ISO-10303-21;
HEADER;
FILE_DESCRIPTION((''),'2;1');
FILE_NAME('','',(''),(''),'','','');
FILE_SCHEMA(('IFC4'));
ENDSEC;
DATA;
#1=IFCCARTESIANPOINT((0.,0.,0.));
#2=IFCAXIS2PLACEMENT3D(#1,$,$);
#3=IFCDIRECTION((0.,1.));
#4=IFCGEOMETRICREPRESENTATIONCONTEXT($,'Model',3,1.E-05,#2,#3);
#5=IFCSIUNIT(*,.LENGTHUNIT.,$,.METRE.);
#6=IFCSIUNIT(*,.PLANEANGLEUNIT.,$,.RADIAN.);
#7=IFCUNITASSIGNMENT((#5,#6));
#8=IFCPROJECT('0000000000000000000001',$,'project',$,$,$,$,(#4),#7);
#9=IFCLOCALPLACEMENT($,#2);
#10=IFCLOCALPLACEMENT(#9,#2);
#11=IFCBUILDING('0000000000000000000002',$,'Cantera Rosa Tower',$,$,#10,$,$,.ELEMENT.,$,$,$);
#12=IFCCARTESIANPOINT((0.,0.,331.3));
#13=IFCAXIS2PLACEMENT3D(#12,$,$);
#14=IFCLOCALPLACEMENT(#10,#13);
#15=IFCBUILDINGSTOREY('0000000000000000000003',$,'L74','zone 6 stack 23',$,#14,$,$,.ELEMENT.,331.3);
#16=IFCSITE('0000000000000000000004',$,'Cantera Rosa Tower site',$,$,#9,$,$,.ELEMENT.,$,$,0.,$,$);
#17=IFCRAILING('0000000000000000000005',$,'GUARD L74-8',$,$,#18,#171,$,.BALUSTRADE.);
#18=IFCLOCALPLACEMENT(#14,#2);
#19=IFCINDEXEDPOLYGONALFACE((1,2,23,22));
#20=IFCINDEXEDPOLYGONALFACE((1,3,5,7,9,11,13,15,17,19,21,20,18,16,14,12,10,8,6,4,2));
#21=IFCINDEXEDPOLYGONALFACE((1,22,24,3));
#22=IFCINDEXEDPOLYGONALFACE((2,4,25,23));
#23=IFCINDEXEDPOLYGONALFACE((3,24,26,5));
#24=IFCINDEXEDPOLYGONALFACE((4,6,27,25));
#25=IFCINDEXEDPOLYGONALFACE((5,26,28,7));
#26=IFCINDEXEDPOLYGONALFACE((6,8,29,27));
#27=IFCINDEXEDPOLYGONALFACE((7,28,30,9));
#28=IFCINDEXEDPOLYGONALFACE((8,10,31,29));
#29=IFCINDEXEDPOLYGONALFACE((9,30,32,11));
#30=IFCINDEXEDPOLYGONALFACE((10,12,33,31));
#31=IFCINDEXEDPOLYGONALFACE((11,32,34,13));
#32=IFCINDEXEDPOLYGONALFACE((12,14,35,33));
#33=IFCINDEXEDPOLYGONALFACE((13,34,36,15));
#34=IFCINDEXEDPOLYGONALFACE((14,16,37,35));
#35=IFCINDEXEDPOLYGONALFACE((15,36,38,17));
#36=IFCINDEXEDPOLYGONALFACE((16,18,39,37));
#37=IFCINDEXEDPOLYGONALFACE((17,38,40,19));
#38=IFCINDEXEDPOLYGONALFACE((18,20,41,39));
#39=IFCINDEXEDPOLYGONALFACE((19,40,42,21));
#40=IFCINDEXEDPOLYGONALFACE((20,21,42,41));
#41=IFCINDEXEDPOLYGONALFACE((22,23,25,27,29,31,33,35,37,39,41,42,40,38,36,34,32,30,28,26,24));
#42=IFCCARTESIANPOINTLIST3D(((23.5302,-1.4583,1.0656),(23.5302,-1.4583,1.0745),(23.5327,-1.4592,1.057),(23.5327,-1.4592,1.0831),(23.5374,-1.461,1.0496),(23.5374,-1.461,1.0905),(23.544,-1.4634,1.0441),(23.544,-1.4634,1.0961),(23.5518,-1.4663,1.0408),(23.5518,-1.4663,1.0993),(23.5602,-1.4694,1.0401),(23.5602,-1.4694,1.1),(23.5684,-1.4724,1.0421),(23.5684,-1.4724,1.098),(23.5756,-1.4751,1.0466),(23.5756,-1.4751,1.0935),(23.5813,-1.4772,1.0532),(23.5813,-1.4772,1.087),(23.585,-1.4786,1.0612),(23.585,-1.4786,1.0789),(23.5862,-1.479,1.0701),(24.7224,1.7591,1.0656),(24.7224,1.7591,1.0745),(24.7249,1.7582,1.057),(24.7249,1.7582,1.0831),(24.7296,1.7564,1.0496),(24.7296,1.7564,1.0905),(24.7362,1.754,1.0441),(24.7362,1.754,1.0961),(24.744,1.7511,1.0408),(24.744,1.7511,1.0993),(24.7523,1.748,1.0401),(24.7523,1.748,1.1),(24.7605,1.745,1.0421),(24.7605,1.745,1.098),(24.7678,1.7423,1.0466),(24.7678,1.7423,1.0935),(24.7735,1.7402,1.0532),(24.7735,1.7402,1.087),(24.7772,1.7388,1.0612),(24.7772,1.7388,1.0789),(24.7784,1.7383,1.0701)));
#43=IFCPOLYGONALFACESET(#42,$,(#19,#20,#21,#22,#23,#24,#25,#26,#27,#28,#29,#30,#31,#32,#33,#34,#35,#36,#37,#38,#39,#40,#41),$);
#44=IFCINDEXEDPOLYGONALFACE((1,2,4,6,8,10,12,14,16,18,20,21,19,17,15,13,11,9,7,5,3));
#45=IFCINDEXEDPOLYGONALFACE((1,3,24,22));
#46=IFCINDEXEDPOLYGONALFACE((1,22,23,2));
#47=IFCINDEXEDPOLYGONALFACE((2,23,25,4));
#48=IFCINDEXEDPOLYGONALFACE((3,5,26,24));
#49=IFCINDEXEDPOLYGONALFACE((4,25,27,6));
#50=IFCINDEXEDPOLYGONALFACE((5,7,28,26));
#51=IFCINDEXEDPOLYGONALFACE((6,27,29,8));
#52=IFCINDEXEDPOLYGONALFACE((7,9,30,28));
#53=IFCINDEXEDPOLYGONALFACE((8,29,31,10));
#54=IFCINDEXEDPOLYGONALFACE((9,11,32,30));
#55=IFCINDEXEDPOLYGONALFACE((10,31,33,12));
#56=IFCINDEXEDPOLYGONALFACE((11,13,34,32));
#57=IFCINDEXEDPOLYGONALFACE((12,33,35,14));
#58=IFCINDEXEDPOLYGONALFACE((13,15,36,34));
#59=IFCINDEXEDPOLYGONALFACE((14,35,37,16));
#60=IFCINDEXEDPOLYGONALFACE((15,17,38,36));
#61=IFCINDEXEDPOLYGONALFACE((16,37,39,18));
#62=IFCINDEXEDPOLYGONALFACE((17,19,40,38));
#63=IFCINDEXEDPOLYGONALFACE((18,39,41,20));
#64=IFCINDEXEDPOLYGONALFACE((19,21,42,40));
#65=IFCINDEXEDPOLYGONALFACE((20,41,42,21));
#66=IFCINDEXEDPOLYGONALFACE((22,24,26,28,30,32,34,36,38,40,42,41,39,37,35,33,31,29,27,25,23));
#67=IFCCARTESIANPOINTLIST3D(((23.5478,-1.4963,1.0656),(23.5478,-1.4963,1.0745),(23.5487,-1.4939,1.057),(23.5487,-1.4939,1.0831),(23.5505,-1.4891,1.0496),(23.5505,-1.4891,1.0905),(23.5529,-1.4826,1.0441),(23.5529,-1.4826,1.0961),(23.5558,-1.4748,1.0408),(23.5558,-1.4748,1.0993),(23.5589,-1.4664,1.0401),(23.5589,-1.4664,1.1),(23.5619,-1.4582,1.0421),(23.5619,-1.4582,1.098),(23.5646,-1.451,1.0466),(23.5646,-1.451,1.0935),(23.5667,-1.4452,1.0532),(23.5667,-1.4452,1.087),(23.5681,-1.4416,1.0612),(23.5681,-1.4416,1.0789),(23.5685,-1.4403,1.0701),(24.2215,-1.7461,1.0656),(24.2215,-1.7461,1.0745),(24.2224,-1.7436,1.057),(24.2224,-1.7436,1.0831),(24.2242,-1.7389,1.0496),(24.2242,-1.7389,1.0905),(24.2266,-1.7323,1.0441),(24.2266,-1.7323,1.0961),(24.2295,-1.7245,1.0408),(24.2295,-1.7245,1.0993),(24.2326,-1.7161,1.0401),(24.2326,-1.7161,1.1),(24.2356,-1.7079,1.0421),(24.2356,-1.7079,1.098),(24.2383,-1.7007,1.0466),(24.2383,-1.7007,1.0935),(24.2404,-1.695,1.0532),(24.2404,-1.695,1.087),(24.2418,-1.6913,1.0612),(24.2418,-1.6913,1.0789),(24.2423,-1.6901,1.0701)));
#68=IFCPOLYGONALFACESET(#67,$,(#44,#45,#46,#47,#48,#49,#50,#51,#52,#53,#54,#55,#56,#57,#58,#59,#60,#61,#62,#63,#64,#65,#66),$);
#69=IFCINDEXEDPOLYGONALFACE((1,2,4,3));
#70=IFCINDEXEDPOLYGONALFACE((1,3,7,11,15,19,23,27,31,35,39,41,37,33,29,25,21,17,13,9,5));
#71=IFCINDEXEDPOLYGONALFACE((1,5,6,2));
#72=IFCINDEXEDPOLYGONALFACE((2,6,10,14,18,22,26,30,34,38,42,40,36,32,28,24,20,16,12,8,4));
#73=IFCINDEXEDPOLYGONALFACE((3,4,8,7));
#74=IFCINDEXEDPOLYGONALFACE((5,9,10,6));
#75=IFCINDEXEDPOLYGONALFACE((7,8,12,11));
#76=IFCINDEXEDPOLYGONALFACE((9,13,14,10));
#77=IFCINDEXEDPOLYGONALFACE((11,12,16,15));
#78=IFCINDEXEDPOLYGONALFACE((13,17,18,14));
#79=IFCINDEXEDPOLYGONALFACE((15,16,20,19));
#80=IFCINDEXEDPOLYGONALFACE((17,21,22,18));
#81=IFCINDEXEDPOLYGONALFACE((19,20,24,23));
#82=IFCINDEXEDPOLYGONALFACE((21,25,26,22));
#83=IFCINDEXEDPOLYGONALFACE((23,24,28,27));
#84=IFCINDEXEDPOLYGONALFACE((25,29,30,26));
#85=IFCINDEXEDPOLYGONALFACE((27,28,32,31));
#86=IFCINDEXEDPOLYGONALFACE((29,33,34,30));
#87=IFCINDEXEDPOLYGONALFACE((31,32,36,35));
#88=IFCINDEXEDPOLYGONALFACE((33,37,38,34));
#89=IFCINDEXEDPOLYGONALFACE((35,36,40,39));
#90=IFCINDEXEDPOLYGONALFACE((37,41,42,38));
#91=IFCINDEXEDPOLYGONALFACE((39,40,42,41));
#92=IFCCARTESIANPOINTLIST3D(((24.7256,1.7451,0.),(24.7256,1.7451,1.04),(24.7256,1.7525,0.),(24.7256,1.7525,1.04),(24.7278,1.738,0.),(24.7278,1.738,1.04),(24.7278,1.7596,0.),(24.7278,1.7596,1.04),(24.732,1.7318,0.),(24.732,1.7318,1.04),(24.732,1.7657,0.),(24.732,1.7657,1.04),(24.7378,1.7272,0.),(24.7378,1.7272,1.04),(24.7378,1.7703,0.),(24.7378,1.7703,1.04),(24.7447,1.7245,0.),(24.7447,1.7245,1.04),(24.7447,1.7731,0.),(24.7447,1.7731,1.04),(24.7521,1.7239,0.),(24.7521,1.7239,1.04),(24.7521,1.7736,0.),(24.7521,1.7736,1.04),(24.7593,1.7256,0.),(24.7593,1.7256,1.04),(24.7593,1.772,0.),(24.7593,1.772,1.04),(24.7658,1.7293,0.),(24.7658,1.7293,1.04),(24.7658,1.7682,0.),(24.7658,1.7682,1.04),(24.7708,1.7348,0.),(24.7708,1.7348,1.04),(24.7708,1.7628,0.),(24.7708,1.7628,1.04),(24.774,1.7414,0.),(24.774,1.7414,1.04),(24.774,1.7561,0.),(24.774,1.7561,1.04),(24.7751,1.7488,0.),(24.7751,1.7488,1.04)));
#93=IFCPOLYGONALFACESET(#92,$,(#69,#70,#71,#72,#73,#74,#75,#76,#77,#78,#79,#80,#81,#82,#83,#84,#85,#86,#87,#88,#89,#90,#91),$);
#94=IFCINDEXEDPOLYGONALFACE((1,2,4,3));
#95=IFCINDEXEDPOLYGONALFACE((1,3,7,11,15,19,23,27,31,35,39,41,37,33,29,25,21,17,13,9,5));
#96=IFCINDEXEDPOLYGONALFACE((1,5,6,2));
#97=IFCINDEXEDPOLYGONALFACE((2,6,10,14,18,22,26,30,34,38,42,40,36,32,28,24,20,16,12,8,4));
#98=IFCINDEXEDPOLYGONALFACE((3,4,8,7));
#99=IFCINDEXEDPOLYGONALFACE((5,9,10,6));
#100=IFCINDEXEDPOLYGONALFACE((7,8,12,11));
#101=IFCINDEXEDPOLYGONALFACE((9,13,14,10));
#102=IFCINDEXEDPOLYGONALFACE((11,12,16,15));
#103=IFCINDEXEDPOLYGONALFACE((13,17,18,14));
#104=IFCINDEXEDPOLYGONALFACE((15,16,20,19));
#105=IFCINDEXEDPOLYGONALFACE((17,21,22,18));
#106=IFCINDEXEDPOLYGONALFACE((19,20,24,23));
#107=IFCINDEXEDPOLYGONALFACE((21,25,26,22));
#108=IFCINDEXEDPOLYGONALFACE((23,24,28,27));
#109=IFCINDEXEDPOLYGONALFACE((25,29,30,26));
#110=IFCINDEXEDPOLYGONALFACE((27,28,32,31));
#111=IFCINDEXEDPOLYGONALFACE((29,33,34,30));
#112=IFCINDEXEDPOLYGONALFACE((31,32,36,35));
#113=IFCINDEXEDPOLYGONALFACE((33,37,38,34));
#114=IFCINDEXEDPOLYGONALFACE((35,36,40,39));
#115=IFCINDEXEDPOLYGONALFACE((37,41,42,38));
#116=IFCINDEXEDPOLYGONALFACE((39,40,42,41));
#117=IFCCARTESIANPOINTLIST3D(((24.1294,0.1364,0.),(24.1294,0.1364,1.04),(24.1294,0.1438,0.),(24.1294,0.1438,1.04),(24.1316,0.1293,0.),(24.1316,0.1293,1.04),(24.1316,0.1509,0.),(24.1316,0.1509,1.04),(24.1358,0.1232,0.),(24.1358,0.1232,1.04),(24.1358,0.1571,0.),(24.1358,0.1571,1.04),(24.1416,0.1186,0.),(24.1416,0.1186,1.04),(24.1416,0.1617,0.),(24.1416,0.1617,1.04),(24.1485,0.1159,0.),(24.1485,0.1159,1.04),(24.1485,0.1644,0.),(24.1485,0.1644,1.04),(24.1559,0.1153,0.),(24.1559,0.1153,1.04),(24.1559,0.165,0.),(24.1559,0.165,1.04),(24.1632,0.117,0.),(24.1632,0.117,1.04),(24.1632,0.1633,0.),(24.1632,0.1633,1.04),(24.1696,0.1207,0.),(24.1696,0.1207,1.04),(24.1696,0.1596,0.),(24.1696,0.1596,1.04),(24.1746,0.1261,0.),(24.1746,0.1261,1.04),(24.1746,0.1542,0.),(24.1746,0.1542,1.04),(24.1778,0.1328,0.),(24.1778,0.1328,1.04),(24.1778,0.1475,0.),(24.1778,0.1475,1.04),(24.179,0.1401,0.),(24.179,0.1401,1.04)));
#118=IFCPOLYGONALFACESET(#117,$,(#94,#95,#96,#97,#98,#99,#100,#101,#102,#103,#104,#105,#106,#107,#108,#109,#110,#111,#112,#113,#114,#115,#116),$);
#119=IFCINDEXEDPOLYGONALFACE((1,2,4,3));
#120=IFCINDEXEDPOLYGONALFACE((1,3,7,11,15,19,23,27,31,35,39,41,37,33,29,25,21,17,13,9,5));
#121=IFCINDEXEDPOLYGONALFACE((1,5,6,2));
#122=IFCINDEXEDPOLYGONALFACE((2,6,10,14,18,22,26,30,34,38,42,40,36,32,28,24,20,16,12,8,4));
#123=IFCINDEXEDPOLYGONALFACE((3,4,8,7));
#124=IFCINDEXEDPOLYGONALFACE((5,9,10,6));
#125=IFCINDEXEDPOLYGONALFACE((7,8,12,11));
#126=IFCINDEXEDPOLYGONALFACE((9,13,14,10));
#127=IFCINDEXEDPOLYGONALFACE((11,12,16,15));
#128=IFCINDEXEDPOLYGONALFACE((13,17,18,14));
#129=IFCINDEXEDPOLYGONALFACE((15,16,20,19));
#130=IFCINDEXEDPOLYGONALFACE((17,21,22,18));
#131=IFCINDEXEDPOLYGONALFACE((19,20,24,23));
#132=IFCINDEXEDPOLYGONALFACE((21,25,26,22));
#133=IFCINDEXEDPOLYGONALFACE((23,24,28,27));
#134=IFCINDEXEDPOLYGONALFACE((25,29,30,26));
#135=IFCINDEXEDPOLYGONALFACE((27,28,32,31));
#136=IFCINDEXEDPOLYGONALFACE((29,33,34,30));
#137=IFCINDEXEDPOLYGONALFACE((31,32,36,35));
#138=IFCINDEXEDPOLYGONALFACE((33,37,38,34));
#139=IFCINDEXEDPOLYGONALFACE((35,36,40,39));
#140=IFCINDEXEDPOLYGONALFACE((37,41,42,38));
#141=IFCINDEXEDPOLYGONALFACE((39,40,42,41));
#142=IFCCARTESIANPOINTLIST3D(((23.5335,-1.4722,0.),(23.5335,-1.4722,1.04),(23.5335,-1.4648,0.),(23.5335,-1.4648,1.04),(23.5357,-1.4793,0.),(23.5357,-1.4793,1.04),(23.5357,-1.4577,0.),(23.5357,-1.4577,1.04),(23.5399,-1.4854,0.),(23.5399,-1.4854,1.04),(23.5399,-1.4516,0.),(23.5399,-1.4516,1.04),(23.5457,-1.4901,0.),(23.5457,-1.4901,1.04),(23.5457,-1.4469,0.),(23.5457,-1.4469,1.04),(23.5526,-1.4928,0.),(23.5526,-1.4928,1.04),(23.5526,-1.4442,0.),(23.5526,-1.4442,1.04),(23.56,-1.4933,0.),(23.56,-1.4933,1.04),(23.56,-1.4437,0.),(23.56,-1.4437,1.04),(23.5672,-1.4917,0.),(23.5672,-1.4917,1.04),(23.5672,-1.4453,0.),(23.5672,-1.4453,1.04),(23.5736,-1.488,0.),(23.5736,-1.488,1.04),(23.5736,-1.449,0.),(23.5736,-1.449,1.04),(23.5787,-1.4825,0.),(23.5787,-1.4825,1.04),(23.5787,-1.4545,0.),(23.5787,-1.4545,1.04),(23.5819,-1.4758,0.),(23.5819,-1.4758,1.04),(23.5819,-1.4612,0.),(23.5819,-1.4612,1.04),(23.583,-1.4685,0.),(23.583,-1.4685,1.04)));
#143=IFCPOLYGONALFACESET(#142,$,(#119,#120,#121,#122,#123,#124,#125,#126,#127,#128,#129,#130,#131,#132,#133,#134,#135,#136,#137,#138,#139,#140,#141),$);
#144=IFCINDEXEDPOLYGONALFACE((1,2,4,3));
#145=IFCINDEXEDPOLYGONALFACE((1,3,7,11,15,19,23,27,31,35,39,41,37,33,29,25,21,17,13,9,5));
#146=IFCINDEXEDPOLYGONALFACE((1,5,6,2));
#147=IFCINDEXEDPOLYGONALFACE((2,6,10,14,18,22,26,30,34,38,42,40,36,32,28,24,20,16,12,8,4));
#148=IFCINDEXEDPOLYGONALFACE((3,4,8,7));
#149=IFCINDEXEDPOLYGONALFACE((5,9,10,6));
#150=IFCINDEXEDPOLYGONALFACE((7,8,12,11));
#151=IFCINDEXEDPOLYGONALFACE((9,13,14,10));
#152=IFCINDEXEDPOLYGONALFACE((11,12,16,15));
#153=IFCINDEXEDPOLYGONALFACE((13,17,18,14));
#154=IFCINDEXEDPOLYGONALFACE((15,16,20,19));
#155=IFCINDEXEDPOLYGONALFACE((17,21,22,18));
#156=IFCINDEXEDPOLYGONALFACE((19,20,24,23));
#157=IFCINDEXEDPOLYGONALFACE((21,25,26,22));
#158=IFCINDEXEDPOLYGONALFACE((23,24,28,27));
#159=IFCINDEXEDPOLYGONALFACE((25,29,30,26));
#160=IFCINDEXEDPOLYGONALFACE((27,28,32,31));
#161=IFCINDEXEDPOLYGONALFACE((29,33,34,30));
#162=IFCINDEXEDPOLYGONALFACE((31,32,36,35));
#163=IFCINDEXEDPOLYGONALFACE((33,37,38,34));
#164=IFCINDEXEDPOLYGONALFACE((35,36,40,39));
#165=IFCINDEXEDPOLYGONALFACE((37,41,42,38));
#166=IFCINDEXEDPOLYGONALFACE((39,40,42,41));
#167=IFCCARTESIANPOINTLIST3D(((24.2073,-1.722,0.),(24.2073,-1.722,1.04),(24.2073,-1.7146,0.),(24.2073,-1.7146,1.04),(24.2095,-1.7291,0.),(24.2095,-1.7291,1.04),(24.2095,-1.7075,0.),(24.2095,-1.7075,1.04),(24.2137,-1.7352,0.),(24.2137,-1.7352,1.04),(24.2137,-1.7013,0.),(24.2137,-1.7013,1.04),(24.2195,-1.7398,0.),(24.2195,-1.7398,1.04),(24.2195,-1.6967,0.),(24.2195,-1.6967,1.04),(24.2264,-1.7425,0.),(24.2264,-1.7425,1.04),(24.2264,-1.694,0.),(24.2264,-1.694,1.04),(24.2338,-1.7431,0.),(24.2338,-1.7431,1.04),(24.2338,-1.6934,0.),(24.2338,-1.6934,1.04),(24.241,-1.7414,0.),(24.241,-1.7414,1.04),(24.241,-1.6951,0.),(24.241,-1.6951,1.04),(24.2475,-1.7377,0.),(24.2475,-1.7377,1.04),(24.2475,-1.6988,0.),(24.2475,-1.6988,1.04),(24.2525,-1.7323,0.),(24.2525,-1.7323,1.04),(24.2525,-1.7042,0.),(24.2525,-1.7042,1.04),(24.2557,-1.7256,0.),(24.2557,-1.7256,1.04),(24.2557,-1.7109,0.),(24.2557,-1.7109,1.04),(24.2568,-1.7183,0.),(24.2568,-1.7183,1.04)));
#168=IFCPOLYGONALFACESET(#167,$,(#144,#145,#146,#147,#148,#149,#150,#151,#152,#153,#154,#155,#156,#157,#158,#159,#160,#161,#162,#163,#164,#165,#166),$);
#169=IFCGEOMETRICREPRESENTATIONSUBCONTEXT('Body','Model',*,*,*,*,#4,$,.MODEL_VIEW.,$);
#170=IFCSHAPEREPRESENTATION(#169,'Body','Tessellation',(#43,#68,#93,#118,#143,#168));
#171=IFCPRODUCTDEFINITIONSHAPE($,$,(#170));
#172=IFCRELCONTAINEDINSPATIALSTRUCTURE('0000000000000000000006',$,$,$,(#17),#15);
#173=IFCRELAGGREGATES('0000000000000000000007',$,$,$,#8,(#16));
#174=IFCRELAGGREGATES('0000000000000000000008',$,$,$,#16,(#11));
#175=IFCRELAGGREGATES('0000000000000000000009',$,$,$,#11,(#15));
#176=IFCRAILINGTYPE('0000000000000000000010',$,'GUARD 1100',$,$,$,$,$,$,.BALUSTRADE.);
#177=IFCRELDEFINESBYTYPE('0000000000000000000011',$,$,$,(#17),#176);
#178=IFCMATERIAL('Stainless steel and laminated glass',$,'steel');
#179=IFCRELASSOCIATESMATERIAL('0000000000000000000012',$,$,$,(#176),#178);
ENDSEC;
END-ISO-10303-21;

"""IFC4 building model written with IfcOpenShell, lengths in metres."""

from ifc_helpers import new_model, si_unit, direction, frame, origin, origin_2d, place, context, subcontext, project, spatial, circle, extrude, material, type_object, element, save


model = new_model("IFC4")

# Units and contexts
model_context = context("Model", 3, precision=1e-05, world=origin(), true_north=direction((0.0, 1.0)))
body_context = subcontext(model_context, "Body", "Model", "MODEL_VIEW")
ifc_project = project(units=[si_unit("LENGTHUNIT", "METRE"), si_unit("PLANEANGLEUNIT", "RADIAN")], contexts=[model_context])

# Site, building, storey
site_placement = place(None, origin())
site = spatial("IfcSite", under=ifc_project, at=site_placement, Name="Cantera Rosa Tower site", CompositionType="ELEMENT", RefElevation=0.0)
building_placement = place(site_placement, origin())
building = spatial("IfcBuilding", under=site, at=building_placement, Name="Cantera Rosa Tower", CompositionType="ELEMENT")
storey_placement = place(building_placement, frame((0.0, 0.0, 331.3)))
storey = spatial("IfcBuildingStorey", under=building, at=storey_placement, Name="L74", Description="zone 6 stack 23", CompositionType="ELEMENT", Elevation=331.3)

# Railing
ifc_material_1 = material(Name="Stainless steel and laminated glass", Category="steel")
railing_type_1 = type_object("IfcRailingType", Name="GUARD 1100", PredefinedType="BALUSTRADE", material=ifc_material_1)
railing_1_placement = place(storey_placement, frame((24.7502, 1.7488, 0.0)))
element("IfcRailing", 1, at=railing_1_placement, inside=storey, type_object=railing_type_1, Name="GUARD L74-8", PredefinedType="BALUSTRADE", context=body_context, shape_type="SweptSolid", body=[
    extrude(circle(Radius=0.03, at=origin_2d()), frame((0.0, 0.0, 1.0701), z_axis=(-0.347456, -0.937696, 0.0), x_axis=(0.937696, -0.347456, 0.0)), (0.0, 0.0, 1.0), 3.4312),
    extrude(circle(Radius=0.03, at=origin_2d()), frame((-1.1921, -3.2173, 1.0701), z_axis=(0.937663, -0.347547, 0.0), x_axis=(0.347547, 0.937663, 0.0)), (0.0, 0.0, 1.0), 0.7185),
    extrude(circle(Radius=0.0249, at=origin_2d()), origin(), (0.0, 0.0, 1.0), 1.04),
    extrude(circle(Radius=0.0249, at=origin_2d()), frame((-0.5962, -1.6086, 0.0)), (0.0, 0.0, 1.0), 1.04),
    extrude(circle(Radius=0.0249, at=origin_2d()), frame((-1.1921, -3.2173, 0.0)), (0.0, 0.0, 1.0), 1.04),
    extrude(circle(Radius=0.0249, at=origin_2d()), frame((-0.5183, -3.467, 0.0)), (0.0, 0.0, 1.0), 1.04),
])

save(model, "model.ifc")
